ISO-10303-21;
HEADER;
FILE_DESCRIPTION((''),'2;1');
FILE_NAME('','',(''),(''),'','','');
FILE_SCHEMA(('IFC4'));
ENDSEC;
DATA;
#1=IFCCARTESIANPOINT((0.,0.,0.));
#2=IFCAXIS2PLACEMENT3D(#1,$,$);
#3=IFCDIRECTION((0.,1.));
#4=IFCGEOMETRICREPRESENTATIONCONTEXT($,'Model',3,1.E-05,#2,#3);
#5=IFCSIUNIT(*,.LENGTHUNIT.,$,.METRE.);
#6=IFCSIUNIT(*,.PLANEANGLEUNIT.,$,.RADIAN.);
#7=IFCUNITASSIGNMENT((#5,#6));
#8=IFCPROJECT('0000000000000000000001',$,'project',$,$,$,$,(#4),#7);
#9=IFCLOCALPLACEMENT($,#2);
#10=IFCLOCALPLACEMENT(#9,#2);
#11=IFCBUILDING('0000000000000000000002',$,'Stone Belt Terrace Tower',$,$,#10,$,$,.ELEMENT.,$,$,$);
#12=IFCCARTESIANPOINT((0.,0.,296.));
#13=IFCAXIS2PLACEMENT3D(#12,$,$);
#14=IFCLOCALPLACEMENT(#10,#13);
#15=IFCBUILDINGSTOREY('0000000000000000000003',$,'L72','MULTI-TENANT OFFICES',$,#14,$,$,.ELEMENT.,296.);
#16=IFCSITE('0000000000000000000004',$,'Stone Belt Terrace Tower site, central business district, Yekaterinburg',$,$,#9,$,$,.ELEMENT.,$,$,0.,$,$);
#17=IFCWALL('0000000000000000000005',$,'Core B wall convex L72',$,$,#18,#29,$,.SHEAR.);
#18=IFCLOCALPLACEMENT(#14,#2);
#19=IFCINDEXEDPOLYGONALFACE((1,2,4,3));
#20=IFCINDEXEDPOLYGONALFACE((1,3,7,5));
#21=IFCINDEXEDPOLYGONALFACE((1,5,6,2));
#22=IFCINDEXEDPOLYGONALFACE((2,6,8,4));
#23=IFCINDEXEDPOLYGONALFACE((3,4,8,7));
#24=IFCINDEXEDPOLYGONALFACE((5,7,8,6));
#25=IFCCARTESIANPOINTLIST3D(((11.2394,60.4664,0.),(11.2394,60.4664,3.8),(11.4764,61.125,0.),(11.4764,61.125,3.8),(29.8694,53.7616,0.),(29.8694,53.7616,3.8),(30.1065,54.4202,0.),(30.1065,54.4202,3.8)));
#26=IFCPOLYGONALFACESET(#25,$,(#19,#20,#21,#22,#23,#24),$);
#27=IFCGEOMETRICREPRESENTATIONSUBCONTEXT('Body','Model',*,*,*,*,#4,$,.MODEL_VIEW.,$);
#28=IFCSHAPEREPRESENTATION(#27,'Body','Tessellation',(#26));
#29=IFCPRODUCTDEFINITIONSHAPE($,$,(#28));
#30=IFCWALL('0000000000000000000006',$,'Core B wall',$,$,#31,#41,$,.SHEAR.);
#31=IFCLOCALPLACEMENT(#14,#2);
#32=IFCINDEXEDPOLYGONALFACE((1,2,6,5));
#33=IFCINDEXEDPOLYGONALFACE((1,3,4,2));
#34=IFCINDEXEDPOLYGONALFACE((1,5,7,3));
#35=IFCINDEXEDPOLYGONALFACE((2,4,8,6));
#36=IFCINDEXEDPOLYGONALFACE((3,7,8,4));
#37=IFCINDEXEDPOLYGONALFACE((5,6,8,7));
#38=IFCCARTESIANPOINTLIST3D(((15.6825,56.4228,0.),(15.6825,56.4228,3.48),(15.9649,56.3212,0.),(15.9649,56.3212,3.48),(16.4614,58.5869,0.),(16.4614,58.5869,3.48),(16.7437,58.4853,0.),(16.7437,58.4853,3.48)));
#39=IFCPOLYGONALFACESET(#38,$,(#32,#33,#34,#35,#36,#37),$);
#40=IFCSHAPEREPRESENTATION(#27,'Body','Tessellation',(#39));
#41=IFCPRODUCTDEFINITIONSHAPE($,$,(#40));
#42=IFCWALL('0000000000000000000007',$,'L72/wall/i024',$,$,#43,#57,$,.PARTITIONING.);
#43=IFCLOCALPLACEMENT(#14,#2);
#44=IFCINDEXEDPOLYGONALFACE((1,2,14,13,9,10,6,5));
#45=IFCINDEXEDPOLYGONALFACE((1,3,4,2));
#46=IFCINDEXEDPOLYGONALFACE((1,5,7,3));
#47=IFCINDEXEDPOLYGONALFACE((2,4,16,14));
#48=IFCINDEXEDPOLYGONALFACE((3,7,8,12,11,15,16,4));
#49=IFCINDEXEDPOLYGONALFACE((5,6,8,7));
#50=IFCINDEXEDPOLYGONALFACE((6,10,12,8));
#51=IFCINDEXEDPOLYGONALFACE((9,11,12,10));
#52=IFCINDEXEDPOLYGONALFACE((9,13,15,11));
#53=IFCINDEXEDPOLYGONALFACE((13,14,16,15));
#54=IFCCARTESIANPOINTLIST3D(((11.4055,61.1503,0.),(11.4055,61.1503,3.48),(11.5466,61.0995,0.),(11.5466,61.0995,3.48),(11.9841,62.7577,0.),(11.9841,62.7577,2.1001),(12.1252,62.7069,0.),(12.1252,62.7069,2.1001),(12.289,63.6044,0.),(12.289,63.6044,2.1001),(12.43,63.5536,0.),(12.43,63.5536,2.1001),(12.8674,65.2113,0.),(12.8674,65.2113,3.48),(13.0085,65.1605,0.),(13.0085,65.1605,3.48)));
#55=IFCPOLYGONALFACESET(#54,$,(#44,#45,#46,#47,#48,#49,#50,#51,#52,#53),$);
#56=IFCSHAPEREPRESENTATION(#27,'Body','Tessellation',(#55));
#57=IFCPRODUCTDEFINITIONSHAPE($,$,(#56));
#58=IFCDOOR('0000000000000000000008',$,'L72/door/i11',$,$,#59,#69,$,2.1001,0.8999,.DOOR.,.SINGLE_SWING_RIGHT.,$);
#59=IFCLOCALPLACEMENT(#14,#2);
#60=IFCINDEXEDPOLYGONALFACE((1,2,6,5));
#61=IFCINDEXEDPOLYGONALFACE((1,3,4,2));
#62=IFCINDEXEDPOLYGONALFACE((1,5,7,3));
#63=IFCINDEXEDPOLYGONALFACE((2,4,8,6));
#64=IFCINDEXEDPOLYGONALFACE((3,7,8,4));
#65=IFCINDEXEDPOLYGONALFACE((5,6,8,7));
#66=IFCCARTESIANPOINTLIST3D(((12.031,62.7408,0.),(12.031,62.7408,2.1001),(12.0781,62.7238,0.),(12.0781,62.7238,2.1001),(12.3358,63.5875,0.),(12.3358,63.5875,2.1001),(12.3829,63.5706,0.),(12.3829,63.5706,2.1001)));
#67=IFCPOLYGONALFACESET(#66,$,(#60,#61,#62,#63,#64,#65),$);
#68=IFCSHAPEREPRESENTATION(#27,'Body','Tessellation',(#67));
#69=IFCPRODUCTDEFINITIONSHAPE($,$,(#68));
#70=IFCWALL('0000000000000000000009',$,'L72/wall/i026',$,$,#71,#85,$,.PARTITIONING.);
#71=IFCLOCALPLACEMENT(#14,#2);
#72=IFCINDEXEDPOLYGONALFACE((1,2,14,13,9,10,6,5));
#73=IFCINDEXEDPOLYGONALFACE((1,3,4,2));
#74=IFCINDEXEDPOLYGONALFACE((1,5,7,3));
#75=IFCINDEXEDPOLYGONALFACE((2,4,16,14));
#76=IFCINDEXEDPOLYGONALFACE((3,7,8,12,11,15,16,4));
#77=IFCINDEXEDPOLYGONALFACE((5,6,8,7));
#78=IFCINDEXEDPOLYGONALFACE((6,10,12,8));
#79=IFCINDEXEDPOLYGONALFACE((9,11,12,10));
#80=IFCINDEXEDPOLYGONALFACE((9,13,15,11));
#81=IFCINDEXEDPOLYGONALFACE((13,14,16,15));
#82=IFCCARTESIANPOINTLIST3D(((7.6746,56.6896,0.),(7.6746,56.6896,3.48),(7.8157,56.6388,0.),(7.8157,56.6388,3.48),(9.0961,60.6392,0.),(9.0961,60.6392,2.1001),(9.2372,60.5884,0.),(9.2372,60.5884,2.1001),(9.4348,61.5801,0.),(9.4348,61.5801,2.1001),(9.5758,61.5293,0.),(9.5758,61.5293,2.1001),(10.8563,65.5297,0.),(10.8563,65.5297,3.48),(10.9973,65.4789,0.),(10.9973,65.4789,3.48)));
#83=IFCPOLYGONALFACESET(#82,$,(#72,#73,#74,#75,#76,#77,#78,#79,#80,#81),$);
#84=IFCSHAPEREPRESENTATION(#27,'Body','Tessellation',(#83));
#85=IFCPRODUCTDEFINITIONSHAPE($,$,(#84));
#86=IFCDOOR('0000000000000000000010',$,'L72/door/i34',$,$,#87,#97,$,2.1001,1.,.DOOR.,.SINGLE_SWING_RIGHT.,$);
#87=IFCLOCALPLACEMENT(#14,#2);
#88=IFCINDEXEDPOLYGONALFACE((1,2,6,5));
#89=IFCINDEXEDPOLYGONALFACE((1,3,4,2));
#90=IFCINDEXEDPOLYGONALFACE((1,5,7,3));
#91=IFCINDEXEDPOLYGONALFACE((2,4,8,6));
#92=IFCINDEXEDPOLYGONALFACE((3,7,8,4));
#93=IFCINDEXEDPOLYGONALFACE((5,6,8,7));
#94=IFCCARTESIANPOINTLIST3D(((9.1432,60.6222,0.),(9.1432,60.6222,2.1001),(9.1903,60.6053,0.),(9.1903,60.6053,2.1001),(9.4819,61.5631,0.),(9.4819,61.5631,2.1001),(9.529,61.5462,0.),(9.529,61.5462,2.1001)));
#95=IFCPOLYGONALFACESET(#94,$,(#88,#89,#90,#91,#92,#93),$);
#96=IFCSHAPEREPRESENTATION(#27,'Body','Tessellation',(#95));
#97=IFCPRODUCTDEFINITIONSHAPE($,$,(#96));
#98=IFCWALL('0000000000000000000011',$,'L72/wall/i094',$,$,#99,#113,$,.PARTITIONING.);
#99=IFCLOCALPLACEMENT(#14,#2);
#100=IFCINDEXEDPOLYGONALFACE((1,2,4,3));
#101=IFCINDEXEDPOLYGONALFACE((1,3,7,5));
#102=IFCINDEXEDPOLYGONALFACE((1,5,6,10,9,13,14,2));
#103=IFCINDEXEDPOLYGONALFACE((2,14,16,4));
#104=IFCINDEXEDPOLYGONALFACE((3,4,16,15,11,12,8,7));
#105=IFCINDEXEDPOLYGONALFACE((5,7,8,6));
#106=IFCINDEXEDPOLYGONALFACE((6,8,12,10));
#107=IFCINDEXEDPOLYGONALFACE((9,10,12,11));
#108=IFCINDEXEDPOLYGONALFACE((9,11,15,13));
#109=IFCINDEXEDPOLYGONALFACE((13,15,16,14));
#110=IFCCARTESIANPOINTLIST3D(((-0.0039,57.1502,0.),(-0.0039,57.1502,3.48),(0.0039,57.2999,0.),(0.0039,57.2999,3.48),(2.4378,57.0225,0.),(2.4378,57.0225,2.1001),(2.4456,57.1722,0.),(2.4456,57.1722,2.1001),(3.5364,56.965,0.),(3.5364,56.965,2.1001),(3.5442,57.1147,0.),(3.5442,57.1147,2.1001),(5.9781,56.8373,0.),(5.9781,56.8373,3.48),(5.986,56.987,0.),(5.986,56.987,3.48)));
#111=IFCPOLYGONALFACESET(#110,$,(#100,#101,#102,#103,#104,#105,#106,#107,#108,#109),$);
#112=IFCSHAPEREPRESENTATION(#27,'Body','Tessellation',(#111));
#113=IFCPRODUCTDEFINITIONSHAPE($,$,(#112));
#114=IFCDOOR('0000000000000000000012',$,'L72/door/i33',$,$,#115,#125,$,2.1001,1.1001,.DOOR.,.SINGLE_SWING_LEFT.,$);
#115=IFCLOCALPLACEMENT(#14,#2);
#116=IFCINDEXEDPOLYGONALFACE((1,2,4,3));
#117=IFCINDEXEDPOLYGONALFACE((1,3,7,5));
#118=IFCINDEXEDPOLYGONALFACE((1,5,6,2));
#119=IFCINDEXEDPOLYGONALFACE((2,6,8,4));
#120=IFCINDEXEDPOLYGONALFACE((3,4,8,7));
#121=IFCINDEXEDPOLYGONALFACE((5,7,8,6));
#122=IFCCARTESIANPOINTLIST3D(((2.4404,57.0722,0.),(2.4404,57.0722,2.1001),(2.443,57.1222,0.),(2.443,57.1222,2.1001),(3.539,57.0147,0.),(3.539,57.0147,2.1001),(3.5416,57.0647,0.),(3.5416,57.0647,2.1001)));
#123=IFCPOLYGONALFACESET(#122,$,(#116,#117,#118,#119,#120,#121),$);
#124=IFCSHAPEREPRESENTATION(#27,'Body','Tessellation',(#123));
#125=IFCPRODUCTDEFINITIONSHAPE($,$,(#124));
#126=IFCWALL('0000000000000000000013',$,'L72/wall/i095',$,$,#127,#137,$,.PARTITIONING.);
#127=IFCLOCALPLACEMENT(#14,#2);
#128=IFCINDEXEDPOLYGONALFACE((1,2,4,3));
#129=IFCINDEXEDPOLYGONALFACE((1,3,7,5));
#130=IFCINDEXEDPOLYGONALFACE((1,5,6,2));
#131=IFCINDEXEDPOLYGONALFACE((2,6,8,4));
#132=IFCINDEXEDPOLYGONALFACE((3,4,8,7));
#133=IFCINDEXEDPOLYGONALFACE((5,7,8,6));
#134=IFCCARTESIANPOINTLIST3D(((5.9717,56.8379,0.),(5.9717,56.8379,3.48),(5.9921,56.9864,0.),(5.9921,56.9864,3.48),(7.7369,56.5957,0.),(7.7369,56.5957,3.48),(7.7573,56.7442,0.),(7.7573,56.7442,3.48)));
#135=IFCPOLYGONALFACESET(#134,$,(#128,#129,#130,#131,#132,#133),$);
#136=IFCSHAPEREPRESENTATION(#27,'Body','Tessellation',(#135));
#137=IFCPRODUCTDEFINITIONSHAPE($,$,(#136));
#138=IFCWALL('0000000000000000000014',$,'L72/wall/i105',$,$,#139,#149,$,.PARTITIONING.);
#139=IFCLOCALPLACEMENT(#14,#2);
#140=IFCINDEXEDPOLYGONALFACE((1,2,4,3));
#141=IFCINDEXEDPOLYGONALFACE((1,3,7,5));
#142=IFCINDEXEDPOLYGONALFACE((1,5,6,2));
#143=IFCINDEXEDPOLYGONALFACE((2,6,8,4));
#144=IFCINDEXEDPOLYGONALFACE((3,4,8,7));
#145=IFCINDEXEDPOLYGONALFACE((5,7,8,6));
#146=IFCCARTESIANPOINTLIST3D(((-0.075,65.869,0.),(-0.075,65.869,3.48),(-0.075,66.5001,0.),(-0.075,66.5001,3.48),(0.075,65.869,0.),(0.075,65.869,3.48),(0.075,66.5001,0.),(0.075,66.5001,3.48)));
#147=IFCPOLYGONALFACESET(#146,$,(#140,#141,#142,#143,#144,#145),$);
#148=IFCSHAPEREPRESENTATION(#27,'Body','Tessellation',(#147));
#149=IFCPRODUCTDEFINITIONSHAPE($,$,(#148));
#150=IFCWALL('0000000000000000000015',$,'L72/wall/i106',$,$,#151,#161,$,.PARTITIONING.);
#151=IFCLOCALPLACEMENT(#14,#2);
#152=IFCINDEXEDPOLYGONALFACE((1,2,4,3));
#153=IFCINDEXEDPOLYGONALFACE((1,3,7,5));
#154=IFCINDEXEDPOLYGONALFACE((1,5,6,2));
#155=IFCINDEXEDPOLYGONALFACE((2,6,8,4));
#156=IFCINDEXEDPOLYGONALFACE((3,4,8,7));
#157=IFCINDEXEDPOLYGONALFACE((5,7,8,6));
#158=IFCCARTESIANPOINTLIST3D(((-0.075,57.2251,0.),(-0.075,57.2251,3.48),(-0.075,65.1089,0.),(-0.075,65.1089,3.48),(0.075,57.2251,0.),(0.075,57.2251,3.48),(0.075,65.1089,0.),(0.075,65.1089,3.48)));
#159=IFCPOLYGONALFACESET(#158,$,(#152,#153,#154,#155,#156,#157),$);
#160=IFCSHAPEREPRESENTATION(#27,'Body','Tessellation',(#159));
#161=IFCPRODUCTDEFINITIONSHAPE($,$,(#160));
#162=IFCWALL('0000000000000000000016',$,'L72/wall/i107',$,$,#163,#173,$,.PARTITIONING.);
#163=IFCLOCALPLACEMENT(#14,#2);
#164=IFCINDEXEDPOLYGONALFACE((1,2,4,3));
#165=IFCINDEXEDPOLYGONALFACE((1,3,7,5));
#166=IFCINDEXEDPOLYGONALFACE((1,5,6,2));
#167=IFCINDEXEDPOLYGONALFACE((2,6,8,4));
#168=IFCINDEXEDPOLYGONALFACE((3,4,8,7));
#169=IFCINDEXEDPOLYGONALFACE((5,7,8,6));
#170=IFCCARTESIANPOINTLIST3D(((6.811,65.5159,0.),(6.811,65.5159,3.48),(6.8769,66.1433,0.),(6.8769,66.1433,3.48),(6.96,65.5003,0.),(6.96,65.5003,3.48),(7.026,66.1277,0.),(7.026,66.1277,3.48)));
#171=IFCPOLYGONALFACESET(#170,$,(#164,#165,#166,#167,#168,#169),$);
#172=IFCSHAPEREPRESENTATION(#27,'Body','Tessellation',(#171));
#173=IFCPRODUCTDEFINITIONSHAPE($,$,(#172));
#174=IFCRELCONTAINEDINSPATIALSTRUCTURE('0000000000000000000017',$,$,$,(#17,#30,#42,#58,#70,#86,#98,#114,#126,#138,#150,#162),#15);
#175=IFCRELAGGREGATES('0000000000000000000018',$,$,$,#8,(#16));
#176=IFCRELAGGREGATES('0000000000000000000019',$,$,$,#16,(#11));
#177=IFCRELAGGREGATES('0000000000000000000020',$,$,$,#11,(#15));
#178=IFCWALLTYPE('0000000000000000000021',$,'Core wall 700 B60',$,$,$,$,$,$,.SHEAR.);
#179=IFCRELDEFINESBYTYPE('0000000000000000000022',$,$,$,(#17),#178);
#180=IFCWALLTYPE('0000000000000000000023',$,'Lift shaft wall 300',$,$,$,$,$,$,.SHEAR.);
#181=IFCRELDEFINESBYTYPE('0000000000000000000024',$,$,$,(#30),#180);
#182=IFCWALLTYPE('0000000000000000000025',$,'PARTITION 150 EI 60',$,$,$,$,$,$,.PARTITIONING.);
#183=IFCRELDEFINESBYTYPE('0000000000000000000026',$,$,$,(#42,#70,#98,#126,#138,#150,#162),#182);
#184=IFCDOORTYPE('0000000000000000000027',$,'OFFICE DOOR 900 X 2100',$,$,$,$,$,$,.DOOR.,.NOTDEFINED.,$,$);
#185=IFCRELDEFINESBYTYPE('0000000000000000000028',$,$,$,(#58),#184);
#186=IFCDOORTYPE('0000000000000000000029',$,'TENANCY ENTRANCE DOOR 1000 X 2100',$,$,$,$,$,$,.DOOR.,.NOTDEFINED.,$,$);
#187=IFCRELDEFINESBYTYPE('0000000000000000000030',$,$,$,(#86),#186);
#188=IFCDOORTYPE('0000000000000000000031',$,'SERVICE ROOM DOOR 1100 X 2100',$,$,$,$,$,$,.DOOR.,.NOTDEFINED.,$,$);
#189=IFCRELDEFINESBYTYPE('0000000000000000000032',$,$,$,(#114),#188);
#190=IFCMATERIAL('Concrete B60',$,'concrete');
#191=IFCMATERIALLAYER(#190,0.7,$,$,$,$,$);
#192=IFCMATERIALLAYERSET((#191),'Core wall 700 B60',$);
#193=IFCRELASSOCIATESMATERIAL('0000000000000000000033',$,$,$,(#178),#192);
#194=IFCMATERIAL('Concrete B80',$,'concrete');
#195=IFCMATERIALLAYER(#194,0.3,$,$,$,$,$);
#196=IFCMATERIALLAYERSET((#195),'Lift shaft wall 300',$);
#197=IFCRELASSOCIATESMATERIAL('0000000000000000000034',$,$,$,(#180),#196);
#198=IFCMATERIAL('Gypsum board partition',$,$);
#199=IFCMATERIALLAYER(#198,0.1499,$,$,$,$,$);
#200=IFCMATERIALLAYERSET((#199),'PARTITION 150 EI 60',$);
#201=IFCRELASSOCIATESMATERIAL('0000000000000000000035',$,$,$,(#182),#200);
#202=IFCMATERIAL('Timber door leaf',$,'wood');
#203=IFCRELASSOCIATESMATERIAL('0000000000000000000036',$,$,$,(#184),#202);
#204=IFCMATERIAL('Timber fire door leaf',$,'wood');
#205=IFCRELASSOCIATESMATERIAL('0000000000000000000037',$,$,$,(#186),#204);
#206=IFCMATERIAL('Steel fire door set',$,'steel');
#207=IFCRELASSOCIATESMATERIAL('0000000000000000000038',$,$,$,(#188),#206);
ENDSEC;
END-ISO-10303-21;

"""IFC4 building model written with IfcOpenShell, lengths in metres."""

from ifc_helpers import new_model, si_unit, direction, frame, frame_2d, origin, place, context, subcontext, project, spatial, rectangle, extrude, material, layer, layer_set, type_object, element, fill, save


model = new_model("IFC4")

# Units and contexts
model_context = context("Model", 3, precision=1e-05, world=origin(), true_north=direction((0.0, 1.0)))
body_context = subcontext(model_context, "Body", "Model", "MODEL_VIEW")
ifc_project = project(units=[si_unit("LENGTHUNIT", "METRE"), si_unit("PLANEANGLEUNIT", "RADIAN")], contexts=[model_context])

# Site, building, storey
site_placement = place(None, origin())
site = spatial("IfcSite", under=ifc_project, at=site_placement, Name="Stone Belt Terrace Tower site, central business district, Yekaterinburg", CompositionType="ELEMENT", RefElevation=0.0)
building_placement = place(site_placement, origin())
building = spatial("IfcBuilding", under=site, at=building_placement, Name="Stone Belt Terrace Tower", CompositionType="ELEMENT")
storey_placement = place(building_placement, frame((0.0, 0.0, 296.0)))
storey = spatial("IfcBuildingStorey", under=building, at=storey_placement, Name="L72", Description="MULTI-TENANT OFFICES", CompositionType="ELEMENT", Elevation=296.0)

# Shared definitions
ifc_material_1 = material(Name="Concrete B60", Category="concrete")

# Shared definitions
ifc_material_2 = material(Name="Timber door leaf", Category="wood")

# Walls
ifc_layer_1 = layer(ifc_material_1, 0.7)
ifc_layer_set_1 = layer_set([ifc_layer_1], Name="Core wall 700 B60")
wall_type_1 = type_object("IfcWallType", Name="Core wall 700 B60", PredefinedType="SHEAR", material=ifc_layer_set_1)
wall_1_placement = place(storey_placement, frame((11.3579, 60.7957, 0.0), z_axis=(0.0, 0.0, 1.0), x_axis=(0.94092, -0.33863, 0.0)))
element("IfcWall", 1, at=wall_1_placement, inside=storey, type_object=wall_type_1, Name="Core B wall convex L72", PredefinedType="SHEAR", context=body_context, shape_type="SweptSolid", body=[
    extrude(rectangle(XDim=19.7998, YDim=0.7, at=frame_2d((9.8999, 0.0))), origin(), (0.0, 0.0, 1.0), 3.8),
])
ifc_material_3 = material(Name="Concrete B80", Category="concrete")
ifc_layer_2 = layer(ifc_material_3, 0.3)
ifc_layer_set_2 = layer_set([ifc_layer_2], Name="Lift shaft wall 300")
wall_type_2 = type_object("IfcWallType", Name="Lift shaft wall 300", PredefinedType="SHEAR", material=ifc_layer_set_2)
wall_2_placement = place(storey_placement, frame((15.8237, 56.3721, 0.0), z_axis=(0.0, 0.0, 1.0), x_axis=(0.338622, 0.940923, 0.0)))
element("IfcWall", 2, at=wall_2_placement, inside=storey, type_object=wall_type_2, Name="Core B wall", PredefinedType="SHEAR", context=body_context, shape_type="SweptSolid", body=[
    extrude(rectangle(XDim=2.3, YDim=0.3, at=frame_2d((1.1499, 0.0))), origin(), (0.0, 0.0, 1.0), 3.48),
])

# Walls, openings, doors
ifc_material_4 = material(Name="Gypsum board partition")
ifc_layer_3 = layer(ifc_material_4, 0.1499)
ifc_layer_set_3 = layer_set([ifc_layer_3], Name="PARTITION 150 EI 60")
wall_type_3 = type_object("IfcWallType", Name="PARTITION 150 EI 60", PredefinedType="PARTITIONING", material=ifc_layer_set_3)
wall_3_placement = place(storey_placement, frame((12.938, 65.186, 0.0), z_axis=(0.0, 0.0, 1.0), x_axis=(-0.338707, -0.940892, 0.0)))
wall_3 = element("IfcWall", 3, at=wall_3_placement, inside=storey, type_object=wall_type_3, Name="L72/wall/i024", PredefinedType="PARTITIONING", context=body_context, shape_type="SweptSolid", body=[
    extrude(rectangle(XDim=4.3162, YDim=0.1499, at=frame_2d((2.1582, 0.0))), origin(), (0.0, 0.0, 1.0), 3.48),
])
opening_1_placement = place(wall_3_placement, frame((1.708, 0.0, 0.0)))
opening_1 = element("IfcOpeningElement", 4, at=opening_1_placement, cuts=wall_3, PredefinedType="OPENING", context=body_context, shape_type="SweptSolid", body=[
    extrude(rectangle(XDim=0.8999, YDim=2.1001, at=frame_2d((0.45, 1.05))), frame((0.0, 0.085, 0.0), z_axis=(0.0, -1.0, 0.0), x_axis=(1.0, 0.0, 0.0)), (0.0, 0.0, 1.0), 0.1699),
])
door_type_1 = type_object("IfcDoorType", Name="OFFICE DOOR 900 X 2100", OperationType="NOTDEFINED", PredefinedType="DOOR", material=ifc_material_2)
door_1_placement = place(opening_1_placement, origin())
door_1 = element("IfcDoor", 5, at=door_1_placement, inside=storey, type_object=door_type_1, Name="L72/door/i11", OperationType="SINGLE_SWING_RIGHT", OverallHeight=2.1001, OverallWidth=0.8999, PredefinedType="DOOR", context=body_context, shape_type="SweptSolid", body=[
    extrude(rectangle(XDim=0.8999, YDim=2.1001, at=frame_2d((0.45, 1.05))), frame((0.0, 0.0249, 0.0), z_axis=(0.0, -1.0, 0.0), x_axis=(1.0, 0.0, 0.0)), (0.0, 0.0, 1.0), 0.05),
])
fill(opening_1, door_1)
wall_4_placement = place(storey_placement, frame((7.7451, 56.6641, 0.0), z_axis=(0.0, 0.0, 1.0), x_axis=(0.338645, 0.940914, 0.0)))
wall_4 = element("IfcWall", 6, at=wall_4_placement, inside=storey, type_object=wall_type_3, Name="L72/wall/i026", PredefinedType="PARTITIONING", context=body_context, shape_type="SweptSolid", body=[
    extrude(rectangle(XDim=9.3953, YDim=0.1499, at=frame_2d((4.6978, 0.0))), origin(), (0.0, 0.0, 1.0), 3.48),
])
opening_2_placement = place(wall_4_placement, frame((4.1978, 0.0, 0.0)))
opening_2 = element("IfcOpeningElement", 7, at=opening_2_placement, cuts=wall_4, PredefinedType="OPENING", context=body_context, shape_type="SweptSolid", body=[
    extrude(rectangle(XDim=1.0, YDim=2.1001, at=frame_2d((0.5, 1.05))), frame((0.0, 0.085, 0.0), z_axis=(0.0, -1.0, 0.0), x_axis=(1.0, 0.0, 0.0)), (0.0, 0.0, 1.0), 0.1699),
])
ifc_material_5 = material(Name="Timber fire door leaf", Category="wood")
door_type_2 = type_object("IfcDoorType", Name="TENANCY ENTRANCE DOOR 1000 X 2100", OperationType="NOTDEFINED", PredefinedType="DOOR", material=ifc_material_5)
door_2_placement = place(opening_2_placement, origin())
door_2 = element("IfcDoor", 8, at=door_2_placement, inside=storey, type_object=door_type_2, Name="L72/door/i34", OperationType="SINGLE_SWING_RIGHT", OverallHeight=2.1001, OverallWidth=1.0, PredefinedType="DOOR", context=body_context, shape_type="SweptSolid", body=[
    extrude(rectangle(XDim=1.0, YDim=2.1001, at=frame_2d((0.5, 1.05))), frame((0.0, 0.0249, 0.0), z_axis=(0.0, -1.0, 0.0), x_axis=(1.0, 0.0, 0.0)), (0.0, 0.0, 1.0), 0.05),
])
fill(opening_2, door_2)
wall_5_placement = place(storey_placement, frame((0.0, 57.2251, 0.0), z_axis=(0.0, 0.0, 1.0), x_axis=(0.998634, -0.052251, 0.0)))
wall_5 = element("IfcWall", 9, at=wall_5_placement, inside=storey, type_object=wall_type_3, Name="L72/wall/i094", PredefinedType="PARTITIONING", context=body_context, shape_type="SweptSolid", body=[
    extrude(rectangle(XDim=5.9902, YDim=0.1499, at=frame_2d((2.9951, 0.0))), origin(), (0.0, 0.0, 1.0), 3.48),
])
opening_3_placement = place(wall_5_placement, frame((2.4451, 0.0, 0.0)))
opening_3 = element("IfcOpeningElement", 10, at=opening_3_placement, cuts=wall_5, PredefinedType="OPENING", context=body_context, shape_type="SweptSolid", body=[
    extrude(rectangle(XDim=1.1001, YDim=2.1001, at=frame_2d((0.55, 1.05))), frame((0.0, 0.085, 0.0), z_axis=(0.0, -1.0, 0.0), x_axis=(1.0, 0.0, 0.0)), (0.0, 0.0, 1.0), 0.1699),
])
ifc_material_6 = material(Name="Steel fire door set", Category="steel")
door_type_3 = type_object("IfcDoorType", Name="SERVICE ROOM DOOR 1100 X 2100", OperationType="NOTDEFINED", PredefinedType="DOOR", material=ifc_material_6)
door_3_placement = place(opening_3_placement, origin())
door_3 = element("IfcDoor", 11, at=door_3_placement, inside=storey, type_object=door_type_3, Name="L72/door/i33", OperationType="SINGLE_SWING_LEFT", OverallHeight=2.1001, OverallWidth=1.1001, PredefinedType="DOOR", context=body_context, shape_type="SweptSolid", body=[
    extrude(rectangle(XDim=1.1001, YDim=2.1001, at=frame_2d((0.55, 1.05))), frame((0.0, 0.0249, 0.0), z_axis=(0.0, -1.0, 0.0), x_axis=(1.0, 0.0, 0.0)), (0.0, 0.0, 1.0), 0.05),
])
fill(opening_3, door_3)

# Walls
wall_6_placement = place(storey_placement, frame((5.9819, 56.9121, 0.0), z_axis=(0.0, 0.0, 1.0), x_axis=(0.990718, -0.135933, 0.0)))
element("IfcWall", 12, at=wall_6_placement, inside=storey, type_object=wall_type_3, Name="L72/wall/i095", PredefinedType="PARTITIONING", context=body_context, shape_type="SweptSolid", body=[
    extrude(rectangle(XDim=1.7817, YDim=0.1499, at=frame_2d((0.8909, 0.0))), origin(), (0.0, 0.0, 1.0), 3.48),
])
wall_7_placement = place(storey_placement, frame((0.0, 66.5, 0.0), z_axis=(0.0, 0.0, 1.0), x_axis=(0.0, -1.0, 0.0)))
element("IfcWall", 13, at=wall_7_placement, inside=storey, type_object=wall_type_3, Name="L72/wall/i105", PredefinedType="PARTITIONING", context=body_context, shape_type="SweptSolid", body=[
    extrude(rectangle(XDim=0.6311, YDim=0.1499, at=frame_2d((0.3154, 0.0))), origin(), (0.0, 0.0, 1.0), 3.48),
])
wall_8_placement = place(storey_placement, frame((0.0, 65.1089, 0.0), z_axis=(0.0, 0.0, 1.0), x_axis=(0.0, -1.0, 0.0)))
element("IfcWall", 14, at=wall_8_placement, inside=storey, type_object=wall_type_3, Name="L72/wall/i106", PredefinedType="PARTITIONING", context=body_context, shape_type="SweptSolid", body=[
    extrude(rectangle(XDim=7.8838, YDim=0.1499, at=frame_2d((3.9419, 0.0))), origin(), (0.0, 0.0, 1.0), 3.48),
])
wall_9_placement = place(storey_placement, frame((6.9514, 66.1355, 0.0), z_axis=(0.0, 0.0, 1.0), x_axis=(-0.104483, -0.994527, 0.0)))
element("IfcWall", 15, at=wall_9_placement, inside=storey, type_object=wall_type_3, Name="L72/wall/i107", PredefinedType="PARTITIONING", context=body_context, shape_type="SweptSolid", body=[
    extrude(rectangle(XDim=0.6309, YDim=0.1499, at=frame_2d((0.3154, 0.0))), origin(), (0.0, 0.0, 1.0), 3.48),
])

save(model, "model.ifc")
